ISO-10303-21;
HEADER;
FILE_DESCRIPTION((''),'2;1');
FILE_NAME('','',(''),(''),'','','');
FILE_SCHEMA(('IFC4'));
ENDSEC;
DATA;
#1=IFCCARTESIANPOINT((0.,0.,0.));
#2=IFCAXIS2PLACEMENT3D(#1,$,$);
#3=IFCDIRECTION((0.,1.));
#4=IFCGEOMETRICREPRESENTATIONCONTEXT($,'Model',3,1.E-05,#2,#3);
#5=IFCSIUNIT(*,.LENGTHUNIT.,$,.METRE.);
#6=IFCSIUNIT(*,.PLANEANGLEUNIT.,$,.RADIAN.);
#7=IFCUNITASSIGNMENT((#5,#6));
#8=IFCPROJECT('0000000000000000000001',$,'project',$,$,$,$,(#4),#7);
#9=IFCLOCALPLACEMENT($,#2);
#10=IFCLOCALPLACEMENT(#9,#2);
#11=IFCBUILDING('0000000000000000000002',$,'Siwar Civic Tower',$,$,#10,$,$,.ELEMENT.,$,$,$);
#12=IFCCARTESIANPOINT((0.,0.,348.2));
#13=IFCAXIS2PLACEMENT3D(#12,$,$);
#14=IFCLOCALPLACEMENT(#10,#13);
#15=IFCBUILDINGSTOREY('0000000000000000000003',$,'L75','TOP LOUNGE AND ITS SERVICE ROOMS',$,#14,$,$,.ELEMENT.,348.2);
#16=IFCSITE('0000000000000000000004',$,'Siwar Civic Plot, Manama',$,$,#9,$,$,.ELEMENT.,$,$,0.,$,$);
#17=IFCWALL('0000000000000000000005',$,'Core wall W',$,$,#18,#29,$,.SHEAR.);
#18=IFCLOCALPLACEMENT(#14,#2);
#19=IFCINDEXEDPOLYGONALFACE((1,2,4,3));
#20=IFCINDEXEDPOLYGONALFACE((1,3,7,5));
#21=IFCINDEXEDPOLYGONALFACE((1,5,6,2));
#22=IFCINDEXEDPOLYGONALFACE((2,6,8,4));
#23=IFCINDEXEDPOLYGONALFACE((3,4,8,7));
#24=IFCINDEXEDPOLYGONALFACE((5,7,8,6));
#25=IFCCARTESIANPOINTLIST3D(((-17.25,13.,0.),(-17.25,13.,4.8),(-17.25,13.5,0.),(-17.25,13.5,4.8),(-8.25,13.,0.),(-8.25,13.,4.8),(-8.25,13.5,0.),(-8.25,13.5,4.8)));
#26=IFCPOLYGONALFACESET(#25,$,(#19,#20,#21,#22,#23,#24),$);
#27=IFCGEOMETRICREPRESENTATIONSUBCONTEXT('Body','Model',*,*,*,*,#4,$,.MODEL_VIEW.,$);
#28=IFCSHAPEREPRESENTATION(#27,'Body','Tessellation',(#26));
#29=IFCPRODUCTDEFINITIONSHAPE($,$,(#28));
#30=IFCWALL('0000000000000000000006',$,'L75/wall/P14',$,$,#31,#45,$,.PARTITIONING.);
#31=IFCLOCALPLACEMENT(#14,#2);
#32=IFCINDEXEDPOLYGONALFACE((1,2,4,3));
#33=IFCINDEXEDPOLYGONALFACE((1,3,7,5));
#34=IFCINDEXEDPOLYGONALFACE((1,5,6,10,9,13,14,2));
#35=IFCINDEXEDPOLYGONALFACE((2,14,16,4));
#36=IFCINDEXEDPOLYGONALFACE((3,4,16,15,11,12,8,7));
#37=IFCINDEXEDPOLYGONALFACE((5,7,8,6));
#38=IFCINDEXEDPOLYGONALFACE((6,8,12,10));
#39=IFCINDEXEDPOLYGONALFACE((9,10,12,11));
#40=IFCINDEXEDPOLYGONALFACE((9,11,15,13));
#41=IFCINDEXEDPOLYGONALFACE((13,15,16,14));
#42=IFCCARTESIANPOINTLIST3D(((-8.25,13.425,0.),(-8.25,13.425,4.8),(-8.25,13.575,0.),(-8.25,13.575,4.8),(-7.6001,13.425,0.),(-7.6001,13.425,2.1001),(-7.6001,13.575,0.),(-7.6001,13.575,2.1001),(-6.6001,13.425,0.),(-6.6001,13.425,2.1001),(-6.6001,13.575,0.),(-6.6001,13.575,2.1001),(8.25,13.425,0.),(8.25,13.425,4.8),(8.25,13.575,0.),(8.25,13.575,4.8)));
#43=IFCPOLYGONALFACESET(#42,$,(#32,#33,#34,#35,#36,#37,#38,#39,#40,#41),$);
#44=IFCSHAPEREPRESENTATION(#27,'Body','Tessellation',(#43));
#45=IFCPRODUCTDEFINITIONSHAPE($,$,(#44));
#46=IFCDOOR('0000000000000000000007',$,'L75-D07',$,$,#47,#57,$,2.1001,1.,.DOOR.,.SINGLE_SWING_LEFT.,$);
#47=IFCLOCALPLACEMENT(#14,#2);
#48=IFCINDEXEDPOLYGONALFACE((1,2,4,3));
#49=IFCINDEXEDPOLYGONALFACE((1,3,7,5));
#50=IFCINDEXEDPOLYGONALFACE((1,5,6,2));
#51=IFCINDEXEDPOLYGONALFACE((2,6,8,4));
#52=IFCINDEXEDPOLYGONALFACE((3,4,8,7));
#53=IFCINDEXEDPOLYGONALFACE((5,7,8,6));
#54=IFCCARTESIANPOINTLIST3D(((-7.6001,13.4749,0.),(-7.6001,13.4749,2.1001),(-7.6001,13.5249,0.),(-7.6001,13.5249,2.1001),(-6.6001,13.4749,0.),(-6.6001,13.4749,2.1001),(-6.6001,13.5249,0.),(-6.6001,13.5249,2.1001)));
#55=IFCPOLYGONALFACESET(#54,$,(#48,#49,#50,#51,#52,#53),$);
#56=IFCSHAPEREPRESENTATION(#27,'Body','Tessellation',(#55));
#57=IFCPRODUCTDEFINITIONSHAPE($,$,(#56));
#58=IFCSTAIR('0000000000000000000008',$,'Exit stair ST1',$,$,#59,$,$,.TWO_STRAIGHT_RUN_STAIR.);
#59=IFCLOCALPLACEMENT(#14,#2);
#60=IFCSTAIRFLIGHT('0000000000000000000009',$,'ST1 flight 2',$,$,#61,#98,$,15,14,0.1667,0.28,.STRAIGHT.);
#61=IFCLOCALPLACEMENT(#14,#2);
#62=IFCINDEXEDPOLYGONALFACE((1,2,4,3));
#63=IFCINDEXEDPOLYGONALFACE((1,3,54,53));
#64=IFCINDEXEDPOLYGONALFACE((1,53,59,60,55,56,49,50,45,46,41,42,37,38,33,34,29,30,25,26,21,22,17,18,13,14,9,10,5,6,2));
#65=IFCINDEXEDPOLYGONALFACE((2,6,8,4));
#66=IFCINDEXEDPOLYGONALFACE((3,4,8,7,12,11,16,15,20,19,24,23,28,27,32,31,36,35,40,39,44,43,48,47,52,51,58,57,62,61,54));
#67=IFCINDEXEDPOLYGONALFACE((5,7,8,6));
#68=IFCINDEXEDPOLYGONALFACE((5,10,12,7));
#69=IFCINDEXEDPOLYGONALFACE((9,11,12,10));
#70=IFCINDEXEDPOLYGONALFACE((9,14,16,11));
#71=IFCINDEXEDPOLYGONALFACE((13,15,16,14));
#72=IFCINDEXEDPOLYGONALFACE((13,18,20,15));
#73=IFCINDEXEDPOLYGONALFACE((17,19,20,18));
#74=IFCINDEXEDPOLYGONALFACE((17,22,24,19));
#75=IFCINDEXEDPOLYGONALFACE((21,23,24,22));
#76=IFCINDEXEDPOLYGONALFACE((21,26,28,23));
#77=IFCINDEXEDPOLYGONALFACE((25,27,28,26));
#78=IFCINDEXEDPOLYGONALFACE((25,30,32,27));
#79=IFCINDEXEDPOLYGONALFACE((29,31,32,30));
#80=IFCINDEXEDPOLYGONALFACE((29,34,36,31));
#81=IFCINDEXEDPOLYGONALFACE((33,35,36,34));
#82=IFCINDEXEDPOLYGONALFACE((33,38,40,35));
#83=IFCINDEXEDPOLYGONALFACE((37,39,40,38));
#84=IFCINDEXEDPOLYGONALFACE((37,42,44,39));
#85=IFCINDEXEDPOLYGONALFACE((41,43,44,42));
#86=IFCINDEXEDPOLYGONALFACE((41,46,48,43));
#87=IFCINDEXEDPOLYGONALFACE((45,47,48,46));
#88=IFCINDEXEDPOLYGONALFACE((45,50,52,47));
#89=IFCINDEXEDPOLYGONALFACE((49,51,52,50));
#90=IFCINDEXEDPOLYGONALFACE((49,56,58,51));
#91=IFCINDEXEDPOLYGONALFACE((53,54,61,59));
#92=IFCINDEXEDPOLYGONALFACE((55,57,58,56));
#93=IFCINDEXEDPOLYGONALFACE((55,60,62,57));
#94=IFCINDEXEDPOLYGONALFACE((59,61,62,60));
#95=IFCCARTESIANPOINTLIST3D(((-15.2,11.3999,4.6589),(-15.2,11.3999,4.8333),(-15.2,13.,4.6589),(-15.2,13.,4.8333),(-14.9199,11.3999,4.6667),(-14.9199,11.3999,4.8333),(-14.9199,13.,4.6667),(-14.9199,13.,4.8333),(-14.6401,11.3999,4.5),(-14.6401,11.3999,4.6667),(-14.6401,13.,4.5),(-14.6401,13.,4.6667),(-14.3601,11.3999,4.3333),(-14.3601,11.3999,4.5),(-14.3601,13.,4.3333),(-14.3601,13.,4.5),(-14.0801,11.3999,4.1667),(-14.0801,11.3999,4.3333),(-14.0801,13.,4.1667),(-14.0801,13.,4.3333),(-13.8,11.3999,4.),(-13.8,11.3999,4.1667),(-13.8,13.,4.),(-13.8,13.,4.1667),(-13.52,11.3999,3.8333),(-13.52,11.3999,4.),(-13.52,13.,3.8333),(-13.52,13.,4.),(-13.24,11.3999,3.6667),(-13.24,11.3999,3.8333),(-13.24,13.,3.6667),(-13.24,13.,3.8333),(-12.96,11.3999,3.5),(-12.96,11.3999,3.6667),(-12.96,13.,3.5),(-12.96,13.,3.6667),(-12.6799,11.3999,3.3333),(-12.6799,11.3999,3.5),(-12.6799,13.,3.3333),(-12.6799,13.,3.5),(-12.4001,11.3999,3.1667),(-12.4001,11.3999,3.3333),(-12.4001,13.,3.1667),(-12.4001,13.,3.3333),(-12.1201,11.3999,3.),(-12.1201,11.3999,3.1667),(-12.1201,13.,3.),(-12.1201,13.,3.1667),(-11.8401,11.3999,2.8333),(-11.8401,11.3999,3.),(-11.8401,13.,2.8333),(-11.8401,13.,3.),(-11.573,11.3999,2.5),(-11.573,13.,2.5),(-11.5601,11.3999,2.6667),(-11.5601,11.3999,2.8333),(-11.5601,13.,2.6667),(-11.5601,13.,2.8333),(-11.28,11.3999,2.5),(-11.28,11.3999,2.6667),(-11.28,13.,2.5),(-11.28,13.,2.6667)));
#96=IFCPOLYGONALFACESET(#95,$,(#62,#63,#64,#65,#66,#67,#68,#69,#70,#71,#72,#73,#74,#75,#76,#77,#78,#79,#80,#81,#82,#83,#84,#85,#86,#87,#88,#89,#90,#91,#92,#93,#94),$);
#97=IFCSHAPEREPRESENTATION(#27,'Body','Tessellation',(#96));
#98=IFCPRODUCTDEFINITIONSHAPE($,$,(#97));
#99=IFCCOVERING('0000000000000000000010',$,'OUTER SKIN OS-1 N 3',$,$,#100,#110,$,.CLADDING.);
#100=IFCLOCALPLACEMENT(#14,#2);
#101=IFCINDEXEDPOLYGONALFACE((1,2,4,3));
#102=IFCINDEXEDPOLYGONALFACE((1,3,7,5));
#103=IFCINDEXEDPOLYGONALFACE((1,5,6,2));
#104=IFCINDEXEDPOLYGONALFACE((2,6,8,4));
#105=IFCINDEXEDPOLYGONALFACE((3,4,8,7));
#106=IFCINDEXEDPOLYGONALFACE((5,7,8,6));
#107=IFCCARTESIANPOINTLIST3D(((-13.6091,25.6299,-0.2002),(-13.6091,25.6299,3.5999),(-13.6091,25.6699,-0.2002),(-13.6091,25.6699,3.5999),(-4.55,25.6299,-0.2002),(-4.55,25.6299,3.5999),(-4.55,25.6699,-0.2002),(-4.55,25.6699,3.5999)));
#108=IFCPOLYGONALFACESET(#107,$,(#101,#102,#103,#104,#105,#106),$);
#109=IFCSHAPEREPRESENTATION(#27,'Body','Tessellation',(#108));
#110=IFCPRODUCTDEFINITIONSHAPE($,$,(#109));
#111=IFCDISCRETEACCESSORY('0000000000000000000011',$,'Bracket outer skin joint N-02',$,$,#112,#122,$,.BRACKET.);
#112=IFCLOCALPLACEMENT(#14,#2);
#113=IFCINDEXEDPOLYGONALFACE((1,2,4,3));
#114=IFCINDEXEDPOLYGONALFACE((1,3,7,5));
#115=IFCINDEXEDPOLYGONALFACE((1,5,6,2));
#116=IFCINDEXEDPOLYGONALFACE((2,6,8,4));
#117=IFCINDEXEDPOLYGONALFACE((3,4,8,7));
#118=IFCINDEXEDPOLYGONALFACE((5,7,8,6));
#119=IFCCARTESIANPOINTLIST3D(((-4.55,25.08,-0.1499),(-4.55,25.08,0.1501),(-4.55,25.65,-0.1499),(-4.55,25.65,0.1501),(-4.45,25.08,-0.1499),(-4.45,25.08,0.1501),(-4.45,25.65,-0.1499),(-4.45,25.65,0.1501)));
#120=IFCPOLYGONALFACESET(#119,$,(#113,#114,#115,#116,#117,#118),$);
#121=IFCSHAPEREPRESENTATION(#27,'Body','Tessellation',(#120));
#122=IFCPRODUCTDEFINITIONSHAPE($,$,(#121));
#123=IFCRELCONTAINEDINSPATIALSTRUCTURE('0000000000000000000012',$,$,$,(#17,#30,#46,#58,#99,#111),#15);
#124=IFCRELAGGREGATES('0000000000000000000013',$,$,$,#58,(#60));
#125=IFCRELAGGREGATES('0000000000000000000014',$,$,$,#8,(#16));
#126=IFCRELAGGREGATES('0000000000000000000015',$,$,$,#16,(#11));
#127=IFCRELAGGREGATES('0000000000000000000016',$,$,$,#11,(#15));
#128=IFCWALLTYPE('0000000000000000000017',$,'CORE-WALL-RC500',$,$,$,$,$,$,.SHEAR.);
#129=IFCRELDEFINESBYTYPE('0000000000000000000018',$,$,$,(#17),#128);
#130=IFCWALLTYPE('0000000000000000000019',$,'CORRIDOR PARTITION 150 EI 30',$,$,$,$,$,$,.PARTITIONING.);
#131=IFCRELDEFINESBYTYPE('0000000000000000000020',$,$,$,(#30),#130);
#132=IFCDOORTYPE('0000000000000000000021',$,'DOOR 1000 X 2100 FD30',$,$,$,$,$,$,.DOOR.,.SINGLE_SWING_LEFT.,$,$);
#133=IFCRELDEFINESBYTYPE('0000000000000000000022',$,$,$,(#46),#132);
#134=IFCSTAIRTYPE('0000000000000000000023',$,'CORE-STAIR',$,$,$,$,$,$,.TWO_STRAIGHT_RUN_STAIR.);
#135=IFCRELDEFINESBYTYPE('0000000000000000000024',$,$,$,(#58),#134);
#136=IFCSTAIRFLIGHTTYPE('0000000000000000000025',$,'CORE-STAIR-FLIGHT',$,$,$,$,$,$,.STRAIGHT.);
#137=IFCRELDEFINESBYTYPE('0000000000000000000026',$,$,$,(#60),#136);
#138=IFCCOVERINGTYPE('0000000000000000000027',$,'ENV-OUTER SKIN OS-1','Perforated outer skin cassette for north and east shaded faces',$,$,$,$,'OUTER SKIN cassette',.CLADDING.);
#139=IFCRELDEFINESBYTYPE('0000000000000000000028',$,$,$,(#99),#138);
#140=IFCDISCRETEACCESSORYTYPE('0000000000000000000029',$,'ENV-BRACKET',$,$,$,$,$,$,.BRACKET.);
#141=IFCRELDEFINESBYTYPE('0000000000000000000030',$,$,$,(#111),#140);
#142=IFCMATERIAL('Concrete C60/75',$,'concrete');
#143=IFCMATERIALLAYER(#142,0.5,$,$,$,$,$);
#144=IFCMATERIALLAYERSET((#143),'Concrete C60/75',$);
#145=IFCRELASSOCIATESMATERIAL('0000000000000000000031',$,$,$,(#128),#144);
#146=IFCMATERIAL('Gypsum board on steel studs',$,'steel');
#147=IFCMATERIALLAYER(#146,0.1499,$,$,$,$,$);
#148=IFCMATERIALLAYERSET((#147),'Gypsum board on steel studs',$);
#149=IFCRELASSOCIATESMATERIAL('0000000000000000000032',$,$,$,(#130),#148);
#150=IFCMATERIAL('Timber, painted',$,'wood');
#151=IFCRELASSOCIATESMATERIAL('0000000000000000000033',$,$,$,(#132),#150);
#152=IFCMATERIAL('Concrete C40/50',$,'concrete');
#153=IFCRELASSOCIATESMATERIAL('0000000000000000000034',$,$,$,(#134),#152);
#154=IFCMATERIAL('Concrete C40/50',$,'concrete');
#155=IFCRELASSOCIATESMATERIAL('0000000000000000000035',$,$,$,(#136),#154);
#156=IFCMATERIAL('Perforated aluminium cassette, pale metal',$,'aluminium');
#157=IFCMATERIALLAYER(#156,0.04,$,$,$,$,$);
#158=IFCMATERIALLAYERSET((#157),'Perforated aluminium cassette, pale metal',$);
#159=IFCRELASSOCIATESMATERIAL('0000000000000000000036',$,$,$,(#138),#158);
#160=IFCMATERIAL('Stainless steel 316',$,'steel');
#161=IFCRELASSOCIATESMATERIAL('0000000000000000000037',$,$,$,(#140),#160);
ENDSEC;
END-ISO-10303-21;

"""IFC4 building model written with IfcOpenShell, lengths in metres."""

from ifc_helpers import new_model, si_unit, direction, frame, frame_2d, origin, origin_2d, place, context, subcontext, project, spatial, polyline, rectangle, outline, extrude, material, layer, layer_set, type_object, element, fill, aggregate, save


model = new_model("IFC4")

# Units and contexts
model_context = context("Model", 3, precision=1e-05, world=origin(), true_north=direction((0.0, 1.0)))
body_context = subcontext(model_context, "Body", "Model", "MODEL_VIEW")
ifc_project = project(units=[si_unit("LENGTHUNIT", "METRE"), si_unit("PLANEANGLEUNIT", "RADIAN")], contexts=[model_context])

# Site, building, storey
site_placement = place(None, origin())
site = spatial("IfcSite", under=ifc_project, at=site_placement, Name="Siwar Civic Plot, Manama", CompositionType="ELEMENT", RefElevation=0.0)
building_placement = place(site_placement, origin())
building = spatial("IfcBuilding", under=site, at=building_placement, Name="Siwar Civic Tower", CompositionType="ELEMENT")
storey_placement = place(building_placement, frame((0.0, 0.0, 348.2)))
storey = spatial("IfcBuildingStorey", under=building, at=storey_placement, Name="L75", Description="TOP LOUNGE AND ITS SERVICE ROOMS", CompositionType="ELEMENT", Elevation=348.2)

# Wall
ifc_material_1 = material(Name="Concrete C60/75", Category="concrete")
ifc_layer_1 = layer(ifc_material_1, 0.5)
ifc_layer_set_1 = layer_set([ifc_layer_1], Name="Concrete C60/75")
wall_type_1 = type_object("IfcWallType", Name="CORE-WALL-RC500", PredefinedType="SHEAR", material=ifc_layer_set_1)
wall_1_placement = place(storey_placement, frame((-8.25, 13.25, 0.0), z_axis=(0.0, 0.0, 1.0), x_axis=(-1.0, 0.0, 0.0)))
element("IfcWall", 1, at=wall_1_placement, inside=storey, type_object=wall_type_1, Name="Core wall W", PredefinedType="SHEAR", context=body_context, shape_type="SweptSolid", body=[
    extrude(rectangle(XDim=9.0, YDim=0.5, at=frame_2d((4.5, 0.0))), origin(), (0.0, 0.0, 1.0), 4.8),
])

# Wall, opening, door
ifc_material_2 = material(Name="Gypsum board on steel studs", Category="steel")
ifc_layer_2 = layer(ifc_material_2, 0.1499)
ifc_layer_set_2 = layer_set([ifc_layer_2], Name="Gypsum board on steel studs")
wall_type_2 = type_object("IfcWallType", Name="CORRIDOR PARTITION 150 EI 30", PredefinedType="PARTITIONING", material=ifc_layer_set_2)
wall_2_placement = place(storey_placement, frame((-8.25, 13.5, 0.0), z_axis=(0.0, 0.0, 1.0), x_axis=(1.0, 0.0, 0.0)))
wall_2 = element("IfcWall", 2, at=wall_2_placement, inside=storey, type_object=wall_type_2, Name="L75/wall/P14", PredefinedType="PARTITIONING", context=body_context, shape_type="SweptSolid", body=[
    extrude(rectangle(XDim=16.5, YDim=0.1499, at=frame_2d((8.25, 0.0))), origin(), (0.0, 0.0, 1.0), 4.8),
])
opening_1_placement = place(wall_2_placement, frame((0.6499, 0.0, 0.0)))
opening_1 = element("IfcOpeningElement", 3, at=opening_1_placement, cuts=wall_2, PredefinedType="OPENING", context=body_context, shape_type="SweptSolid", body=[
    extrude(rectangle(XDim=1.0, YDim=2.1001, at=frame_2d((0.5, 1.05))), frame((0.0, 0.085, 0.0), z_axis=(0.0, -1.0, 0.0), x_axis=(1.0, 0.0, 0.0)), (0.0, 0.0, 1.0), 0.1699),
])
ifc_material_3 = material(Name="Timber, painted", Category="wood")
door_type_1 = type_object("IfcDoorType", Name="DOOR 1000 X 2100 FD30", OperationType="SINGLE_SWING_LEFT", PredefinedType="DOOR", material=ifc_material_3)
door_1_placement = place(opening_1_placement, origin())
door_1 = element("IfcDoor", 4, at=door_1_placement, inside=storey, type_object=door_type_1, Name="L75-D07", OperationType="SINGLE_SWING_LEFT", OverallHeight=2.1001, OverallWidth=1.0, PredefinedType="DOOR", context=body_context, shape_type="SweptSolid", body=[
    extrude(rectangle(XDim=1.0, YDim=2.1001, at=frame_2d((0.5, 1.05))), frame((0.0, 0.0249, 0.0), z_axis=(0.0, -1.0, 0.0), x_axis=(1.0, 0.0, 0.0)), (0.0, 0.0, 1.0), 0.05),
])
fill(opening_1, door_1)

# Stair, stair flight
ifc_material_4 = material(Name="Concrete C40/50", Category="concrete")
stair_type = type_object("IfcStairType", Name="CORE-STAIR", PredefinedType="TWO_STRAIGHT_RUN_STAIR", material=ifc_material_4)
stair_placement = place(storey_placement, origin())
stair = element("IfcStair", 5, at=stair_placement, inside=storey, type_object=stair_type, Name="Exit stair ST1", PredefinedType="TWO_STRAIGHT_RUN_STAIR")
ifc_material_5 = material(Name="Concrete C40/50", Category="concrete")
stair_flight_type = type_object("IfcStairFlightType", Name="CORE-STAIR-FLIGHT", PredefinedType="STRAIGHT", material=ifc_material_5)
stair_flight_placement = place(storey_placement, frame((-11.28, 12.2, 2.5), z_axis=(0.0, 0.0, 1.0), x_axis=(-1.0, 0.0, 0.0)))
stair_flight = element("IfcStairFlight", 6, at=stair_flight_placement, type_object=stair_flight_type, Name="ST1 flight 2", NumberOfRisers=15, NumberOfTreads=14, PredefinedType="STRAIGHT", RiserHeight=0.1667, TreadLength=0.28, context=body_context, shape_type="SweptSolid", body=[
    extrude(outline(polyline([(0.0, 0.0), (0.0, 0.1667), (0.28, 0.1667), (0.28, 0.3333), (0.5601, 0.3333), (0.5601, 0.5), (0.8401, 0.5), (0.8401, 0.6667), (1.1201, 0.6667), (1.1201, 0.8333), (1.3999, 0.8333), (1.3999, 1.0), (1.6799, 1.0), (1.6799, 1.1667), (1.96, 1.1667), (1.96, 1.3333), (2.24, 1.3333), (2.24, 1.5), (2.52, 1.5), (2.52, 1.6667), (2.8, 1.6667), (2.8, 1.8333), (3.0801, 1.8333), (3.0801, 2.0), (3.3601, 2.0), (3.3601, 2.1667), (3.6399, 2.1667), (3.6399, 2.3333), (3.9199, 2.3333), (3.9199, 2.5), (3.9199, 2.1589), (0.293, 0.0), (0.0, 0.0)])), frame((0.0, 0.8, 0.0), z_axis=(0.0, -1.0, 0.0), x_axis=(1.0, 0.0, 0.0)), (0.0, 0.0, 1.0), 1.6001),
])
aggregate(stair, [stair_flight])

# Covering
ifc_material_6 = material(Name="Perforated aluminium cassette, pale metal", Category="aluminium")
ifc_layer_3 = layer(ifc_material_6, 0.04)
ifc_layer_set_3 = layer_set([ifc_layer_3], Name="Perforated aluminium cassette, pale metal")
covering_type = type_object("IfcCoveringType", Name="ENV-OUTER SKIN OS-1", Description="Perforated outer skin cassette for north and east shaded faces", ElementType="OUTER SKIN cassette", PredefinedType="CLADDING", material=ifc_layer_set_3)
covering_placement = place(storey_placement, frame((-9.0796, 25.6499, -0.2002), z_axis=(0.0, 0.0, 1.0), x_axis=(-1.0, 0.0, 0.0)))
element("IfcCovering", 7, at=covering_placement, inside=storey, type_object=covering_type, Name="OUTER SKIN OS-1 N 3", PredefinedType="CLADDING", context=body_context, shape_type="SweptSolid", body=[
    extrude(rectangle(XDim=9.0591, YDim=0.04, at=origin_2d()), origin(), (0.0, 0.0, 1.0), 3.8),
])

# Discrete accessory
ifc_material_7 = material(Name="Stainless steel 316", Category="steel")
discrete_accessory_type = type_object("IfcDiscreteAccessoryType", Name="ENV-BRACKET", PredefinedType="BRACKET", material=ifc_material_7)
discrete_accessory_placement = place(storey_placement, frame((-4.5, 25.365, -0.1499), z_axis=(0.0, 0.0, 1.0), x_axis=(0.0, 1.0, 0.0)))
element("IfcDiscreteAccessory", 8, at=discrete_accessory_placement, inside=storey, type_object=discrete_accessory_type, Name="Bracket outer skin joint N-02", PredefinedType="BRACKET", context=body_context, shape_type="SweptSolid", body=[
    extrude(rectangle(XDim=0.5701, YDim=0.1001, at=origin_2d()), origin(), (0.0, 0.0, 1.0), 0.3),
])

save(model, "model.ifc")
